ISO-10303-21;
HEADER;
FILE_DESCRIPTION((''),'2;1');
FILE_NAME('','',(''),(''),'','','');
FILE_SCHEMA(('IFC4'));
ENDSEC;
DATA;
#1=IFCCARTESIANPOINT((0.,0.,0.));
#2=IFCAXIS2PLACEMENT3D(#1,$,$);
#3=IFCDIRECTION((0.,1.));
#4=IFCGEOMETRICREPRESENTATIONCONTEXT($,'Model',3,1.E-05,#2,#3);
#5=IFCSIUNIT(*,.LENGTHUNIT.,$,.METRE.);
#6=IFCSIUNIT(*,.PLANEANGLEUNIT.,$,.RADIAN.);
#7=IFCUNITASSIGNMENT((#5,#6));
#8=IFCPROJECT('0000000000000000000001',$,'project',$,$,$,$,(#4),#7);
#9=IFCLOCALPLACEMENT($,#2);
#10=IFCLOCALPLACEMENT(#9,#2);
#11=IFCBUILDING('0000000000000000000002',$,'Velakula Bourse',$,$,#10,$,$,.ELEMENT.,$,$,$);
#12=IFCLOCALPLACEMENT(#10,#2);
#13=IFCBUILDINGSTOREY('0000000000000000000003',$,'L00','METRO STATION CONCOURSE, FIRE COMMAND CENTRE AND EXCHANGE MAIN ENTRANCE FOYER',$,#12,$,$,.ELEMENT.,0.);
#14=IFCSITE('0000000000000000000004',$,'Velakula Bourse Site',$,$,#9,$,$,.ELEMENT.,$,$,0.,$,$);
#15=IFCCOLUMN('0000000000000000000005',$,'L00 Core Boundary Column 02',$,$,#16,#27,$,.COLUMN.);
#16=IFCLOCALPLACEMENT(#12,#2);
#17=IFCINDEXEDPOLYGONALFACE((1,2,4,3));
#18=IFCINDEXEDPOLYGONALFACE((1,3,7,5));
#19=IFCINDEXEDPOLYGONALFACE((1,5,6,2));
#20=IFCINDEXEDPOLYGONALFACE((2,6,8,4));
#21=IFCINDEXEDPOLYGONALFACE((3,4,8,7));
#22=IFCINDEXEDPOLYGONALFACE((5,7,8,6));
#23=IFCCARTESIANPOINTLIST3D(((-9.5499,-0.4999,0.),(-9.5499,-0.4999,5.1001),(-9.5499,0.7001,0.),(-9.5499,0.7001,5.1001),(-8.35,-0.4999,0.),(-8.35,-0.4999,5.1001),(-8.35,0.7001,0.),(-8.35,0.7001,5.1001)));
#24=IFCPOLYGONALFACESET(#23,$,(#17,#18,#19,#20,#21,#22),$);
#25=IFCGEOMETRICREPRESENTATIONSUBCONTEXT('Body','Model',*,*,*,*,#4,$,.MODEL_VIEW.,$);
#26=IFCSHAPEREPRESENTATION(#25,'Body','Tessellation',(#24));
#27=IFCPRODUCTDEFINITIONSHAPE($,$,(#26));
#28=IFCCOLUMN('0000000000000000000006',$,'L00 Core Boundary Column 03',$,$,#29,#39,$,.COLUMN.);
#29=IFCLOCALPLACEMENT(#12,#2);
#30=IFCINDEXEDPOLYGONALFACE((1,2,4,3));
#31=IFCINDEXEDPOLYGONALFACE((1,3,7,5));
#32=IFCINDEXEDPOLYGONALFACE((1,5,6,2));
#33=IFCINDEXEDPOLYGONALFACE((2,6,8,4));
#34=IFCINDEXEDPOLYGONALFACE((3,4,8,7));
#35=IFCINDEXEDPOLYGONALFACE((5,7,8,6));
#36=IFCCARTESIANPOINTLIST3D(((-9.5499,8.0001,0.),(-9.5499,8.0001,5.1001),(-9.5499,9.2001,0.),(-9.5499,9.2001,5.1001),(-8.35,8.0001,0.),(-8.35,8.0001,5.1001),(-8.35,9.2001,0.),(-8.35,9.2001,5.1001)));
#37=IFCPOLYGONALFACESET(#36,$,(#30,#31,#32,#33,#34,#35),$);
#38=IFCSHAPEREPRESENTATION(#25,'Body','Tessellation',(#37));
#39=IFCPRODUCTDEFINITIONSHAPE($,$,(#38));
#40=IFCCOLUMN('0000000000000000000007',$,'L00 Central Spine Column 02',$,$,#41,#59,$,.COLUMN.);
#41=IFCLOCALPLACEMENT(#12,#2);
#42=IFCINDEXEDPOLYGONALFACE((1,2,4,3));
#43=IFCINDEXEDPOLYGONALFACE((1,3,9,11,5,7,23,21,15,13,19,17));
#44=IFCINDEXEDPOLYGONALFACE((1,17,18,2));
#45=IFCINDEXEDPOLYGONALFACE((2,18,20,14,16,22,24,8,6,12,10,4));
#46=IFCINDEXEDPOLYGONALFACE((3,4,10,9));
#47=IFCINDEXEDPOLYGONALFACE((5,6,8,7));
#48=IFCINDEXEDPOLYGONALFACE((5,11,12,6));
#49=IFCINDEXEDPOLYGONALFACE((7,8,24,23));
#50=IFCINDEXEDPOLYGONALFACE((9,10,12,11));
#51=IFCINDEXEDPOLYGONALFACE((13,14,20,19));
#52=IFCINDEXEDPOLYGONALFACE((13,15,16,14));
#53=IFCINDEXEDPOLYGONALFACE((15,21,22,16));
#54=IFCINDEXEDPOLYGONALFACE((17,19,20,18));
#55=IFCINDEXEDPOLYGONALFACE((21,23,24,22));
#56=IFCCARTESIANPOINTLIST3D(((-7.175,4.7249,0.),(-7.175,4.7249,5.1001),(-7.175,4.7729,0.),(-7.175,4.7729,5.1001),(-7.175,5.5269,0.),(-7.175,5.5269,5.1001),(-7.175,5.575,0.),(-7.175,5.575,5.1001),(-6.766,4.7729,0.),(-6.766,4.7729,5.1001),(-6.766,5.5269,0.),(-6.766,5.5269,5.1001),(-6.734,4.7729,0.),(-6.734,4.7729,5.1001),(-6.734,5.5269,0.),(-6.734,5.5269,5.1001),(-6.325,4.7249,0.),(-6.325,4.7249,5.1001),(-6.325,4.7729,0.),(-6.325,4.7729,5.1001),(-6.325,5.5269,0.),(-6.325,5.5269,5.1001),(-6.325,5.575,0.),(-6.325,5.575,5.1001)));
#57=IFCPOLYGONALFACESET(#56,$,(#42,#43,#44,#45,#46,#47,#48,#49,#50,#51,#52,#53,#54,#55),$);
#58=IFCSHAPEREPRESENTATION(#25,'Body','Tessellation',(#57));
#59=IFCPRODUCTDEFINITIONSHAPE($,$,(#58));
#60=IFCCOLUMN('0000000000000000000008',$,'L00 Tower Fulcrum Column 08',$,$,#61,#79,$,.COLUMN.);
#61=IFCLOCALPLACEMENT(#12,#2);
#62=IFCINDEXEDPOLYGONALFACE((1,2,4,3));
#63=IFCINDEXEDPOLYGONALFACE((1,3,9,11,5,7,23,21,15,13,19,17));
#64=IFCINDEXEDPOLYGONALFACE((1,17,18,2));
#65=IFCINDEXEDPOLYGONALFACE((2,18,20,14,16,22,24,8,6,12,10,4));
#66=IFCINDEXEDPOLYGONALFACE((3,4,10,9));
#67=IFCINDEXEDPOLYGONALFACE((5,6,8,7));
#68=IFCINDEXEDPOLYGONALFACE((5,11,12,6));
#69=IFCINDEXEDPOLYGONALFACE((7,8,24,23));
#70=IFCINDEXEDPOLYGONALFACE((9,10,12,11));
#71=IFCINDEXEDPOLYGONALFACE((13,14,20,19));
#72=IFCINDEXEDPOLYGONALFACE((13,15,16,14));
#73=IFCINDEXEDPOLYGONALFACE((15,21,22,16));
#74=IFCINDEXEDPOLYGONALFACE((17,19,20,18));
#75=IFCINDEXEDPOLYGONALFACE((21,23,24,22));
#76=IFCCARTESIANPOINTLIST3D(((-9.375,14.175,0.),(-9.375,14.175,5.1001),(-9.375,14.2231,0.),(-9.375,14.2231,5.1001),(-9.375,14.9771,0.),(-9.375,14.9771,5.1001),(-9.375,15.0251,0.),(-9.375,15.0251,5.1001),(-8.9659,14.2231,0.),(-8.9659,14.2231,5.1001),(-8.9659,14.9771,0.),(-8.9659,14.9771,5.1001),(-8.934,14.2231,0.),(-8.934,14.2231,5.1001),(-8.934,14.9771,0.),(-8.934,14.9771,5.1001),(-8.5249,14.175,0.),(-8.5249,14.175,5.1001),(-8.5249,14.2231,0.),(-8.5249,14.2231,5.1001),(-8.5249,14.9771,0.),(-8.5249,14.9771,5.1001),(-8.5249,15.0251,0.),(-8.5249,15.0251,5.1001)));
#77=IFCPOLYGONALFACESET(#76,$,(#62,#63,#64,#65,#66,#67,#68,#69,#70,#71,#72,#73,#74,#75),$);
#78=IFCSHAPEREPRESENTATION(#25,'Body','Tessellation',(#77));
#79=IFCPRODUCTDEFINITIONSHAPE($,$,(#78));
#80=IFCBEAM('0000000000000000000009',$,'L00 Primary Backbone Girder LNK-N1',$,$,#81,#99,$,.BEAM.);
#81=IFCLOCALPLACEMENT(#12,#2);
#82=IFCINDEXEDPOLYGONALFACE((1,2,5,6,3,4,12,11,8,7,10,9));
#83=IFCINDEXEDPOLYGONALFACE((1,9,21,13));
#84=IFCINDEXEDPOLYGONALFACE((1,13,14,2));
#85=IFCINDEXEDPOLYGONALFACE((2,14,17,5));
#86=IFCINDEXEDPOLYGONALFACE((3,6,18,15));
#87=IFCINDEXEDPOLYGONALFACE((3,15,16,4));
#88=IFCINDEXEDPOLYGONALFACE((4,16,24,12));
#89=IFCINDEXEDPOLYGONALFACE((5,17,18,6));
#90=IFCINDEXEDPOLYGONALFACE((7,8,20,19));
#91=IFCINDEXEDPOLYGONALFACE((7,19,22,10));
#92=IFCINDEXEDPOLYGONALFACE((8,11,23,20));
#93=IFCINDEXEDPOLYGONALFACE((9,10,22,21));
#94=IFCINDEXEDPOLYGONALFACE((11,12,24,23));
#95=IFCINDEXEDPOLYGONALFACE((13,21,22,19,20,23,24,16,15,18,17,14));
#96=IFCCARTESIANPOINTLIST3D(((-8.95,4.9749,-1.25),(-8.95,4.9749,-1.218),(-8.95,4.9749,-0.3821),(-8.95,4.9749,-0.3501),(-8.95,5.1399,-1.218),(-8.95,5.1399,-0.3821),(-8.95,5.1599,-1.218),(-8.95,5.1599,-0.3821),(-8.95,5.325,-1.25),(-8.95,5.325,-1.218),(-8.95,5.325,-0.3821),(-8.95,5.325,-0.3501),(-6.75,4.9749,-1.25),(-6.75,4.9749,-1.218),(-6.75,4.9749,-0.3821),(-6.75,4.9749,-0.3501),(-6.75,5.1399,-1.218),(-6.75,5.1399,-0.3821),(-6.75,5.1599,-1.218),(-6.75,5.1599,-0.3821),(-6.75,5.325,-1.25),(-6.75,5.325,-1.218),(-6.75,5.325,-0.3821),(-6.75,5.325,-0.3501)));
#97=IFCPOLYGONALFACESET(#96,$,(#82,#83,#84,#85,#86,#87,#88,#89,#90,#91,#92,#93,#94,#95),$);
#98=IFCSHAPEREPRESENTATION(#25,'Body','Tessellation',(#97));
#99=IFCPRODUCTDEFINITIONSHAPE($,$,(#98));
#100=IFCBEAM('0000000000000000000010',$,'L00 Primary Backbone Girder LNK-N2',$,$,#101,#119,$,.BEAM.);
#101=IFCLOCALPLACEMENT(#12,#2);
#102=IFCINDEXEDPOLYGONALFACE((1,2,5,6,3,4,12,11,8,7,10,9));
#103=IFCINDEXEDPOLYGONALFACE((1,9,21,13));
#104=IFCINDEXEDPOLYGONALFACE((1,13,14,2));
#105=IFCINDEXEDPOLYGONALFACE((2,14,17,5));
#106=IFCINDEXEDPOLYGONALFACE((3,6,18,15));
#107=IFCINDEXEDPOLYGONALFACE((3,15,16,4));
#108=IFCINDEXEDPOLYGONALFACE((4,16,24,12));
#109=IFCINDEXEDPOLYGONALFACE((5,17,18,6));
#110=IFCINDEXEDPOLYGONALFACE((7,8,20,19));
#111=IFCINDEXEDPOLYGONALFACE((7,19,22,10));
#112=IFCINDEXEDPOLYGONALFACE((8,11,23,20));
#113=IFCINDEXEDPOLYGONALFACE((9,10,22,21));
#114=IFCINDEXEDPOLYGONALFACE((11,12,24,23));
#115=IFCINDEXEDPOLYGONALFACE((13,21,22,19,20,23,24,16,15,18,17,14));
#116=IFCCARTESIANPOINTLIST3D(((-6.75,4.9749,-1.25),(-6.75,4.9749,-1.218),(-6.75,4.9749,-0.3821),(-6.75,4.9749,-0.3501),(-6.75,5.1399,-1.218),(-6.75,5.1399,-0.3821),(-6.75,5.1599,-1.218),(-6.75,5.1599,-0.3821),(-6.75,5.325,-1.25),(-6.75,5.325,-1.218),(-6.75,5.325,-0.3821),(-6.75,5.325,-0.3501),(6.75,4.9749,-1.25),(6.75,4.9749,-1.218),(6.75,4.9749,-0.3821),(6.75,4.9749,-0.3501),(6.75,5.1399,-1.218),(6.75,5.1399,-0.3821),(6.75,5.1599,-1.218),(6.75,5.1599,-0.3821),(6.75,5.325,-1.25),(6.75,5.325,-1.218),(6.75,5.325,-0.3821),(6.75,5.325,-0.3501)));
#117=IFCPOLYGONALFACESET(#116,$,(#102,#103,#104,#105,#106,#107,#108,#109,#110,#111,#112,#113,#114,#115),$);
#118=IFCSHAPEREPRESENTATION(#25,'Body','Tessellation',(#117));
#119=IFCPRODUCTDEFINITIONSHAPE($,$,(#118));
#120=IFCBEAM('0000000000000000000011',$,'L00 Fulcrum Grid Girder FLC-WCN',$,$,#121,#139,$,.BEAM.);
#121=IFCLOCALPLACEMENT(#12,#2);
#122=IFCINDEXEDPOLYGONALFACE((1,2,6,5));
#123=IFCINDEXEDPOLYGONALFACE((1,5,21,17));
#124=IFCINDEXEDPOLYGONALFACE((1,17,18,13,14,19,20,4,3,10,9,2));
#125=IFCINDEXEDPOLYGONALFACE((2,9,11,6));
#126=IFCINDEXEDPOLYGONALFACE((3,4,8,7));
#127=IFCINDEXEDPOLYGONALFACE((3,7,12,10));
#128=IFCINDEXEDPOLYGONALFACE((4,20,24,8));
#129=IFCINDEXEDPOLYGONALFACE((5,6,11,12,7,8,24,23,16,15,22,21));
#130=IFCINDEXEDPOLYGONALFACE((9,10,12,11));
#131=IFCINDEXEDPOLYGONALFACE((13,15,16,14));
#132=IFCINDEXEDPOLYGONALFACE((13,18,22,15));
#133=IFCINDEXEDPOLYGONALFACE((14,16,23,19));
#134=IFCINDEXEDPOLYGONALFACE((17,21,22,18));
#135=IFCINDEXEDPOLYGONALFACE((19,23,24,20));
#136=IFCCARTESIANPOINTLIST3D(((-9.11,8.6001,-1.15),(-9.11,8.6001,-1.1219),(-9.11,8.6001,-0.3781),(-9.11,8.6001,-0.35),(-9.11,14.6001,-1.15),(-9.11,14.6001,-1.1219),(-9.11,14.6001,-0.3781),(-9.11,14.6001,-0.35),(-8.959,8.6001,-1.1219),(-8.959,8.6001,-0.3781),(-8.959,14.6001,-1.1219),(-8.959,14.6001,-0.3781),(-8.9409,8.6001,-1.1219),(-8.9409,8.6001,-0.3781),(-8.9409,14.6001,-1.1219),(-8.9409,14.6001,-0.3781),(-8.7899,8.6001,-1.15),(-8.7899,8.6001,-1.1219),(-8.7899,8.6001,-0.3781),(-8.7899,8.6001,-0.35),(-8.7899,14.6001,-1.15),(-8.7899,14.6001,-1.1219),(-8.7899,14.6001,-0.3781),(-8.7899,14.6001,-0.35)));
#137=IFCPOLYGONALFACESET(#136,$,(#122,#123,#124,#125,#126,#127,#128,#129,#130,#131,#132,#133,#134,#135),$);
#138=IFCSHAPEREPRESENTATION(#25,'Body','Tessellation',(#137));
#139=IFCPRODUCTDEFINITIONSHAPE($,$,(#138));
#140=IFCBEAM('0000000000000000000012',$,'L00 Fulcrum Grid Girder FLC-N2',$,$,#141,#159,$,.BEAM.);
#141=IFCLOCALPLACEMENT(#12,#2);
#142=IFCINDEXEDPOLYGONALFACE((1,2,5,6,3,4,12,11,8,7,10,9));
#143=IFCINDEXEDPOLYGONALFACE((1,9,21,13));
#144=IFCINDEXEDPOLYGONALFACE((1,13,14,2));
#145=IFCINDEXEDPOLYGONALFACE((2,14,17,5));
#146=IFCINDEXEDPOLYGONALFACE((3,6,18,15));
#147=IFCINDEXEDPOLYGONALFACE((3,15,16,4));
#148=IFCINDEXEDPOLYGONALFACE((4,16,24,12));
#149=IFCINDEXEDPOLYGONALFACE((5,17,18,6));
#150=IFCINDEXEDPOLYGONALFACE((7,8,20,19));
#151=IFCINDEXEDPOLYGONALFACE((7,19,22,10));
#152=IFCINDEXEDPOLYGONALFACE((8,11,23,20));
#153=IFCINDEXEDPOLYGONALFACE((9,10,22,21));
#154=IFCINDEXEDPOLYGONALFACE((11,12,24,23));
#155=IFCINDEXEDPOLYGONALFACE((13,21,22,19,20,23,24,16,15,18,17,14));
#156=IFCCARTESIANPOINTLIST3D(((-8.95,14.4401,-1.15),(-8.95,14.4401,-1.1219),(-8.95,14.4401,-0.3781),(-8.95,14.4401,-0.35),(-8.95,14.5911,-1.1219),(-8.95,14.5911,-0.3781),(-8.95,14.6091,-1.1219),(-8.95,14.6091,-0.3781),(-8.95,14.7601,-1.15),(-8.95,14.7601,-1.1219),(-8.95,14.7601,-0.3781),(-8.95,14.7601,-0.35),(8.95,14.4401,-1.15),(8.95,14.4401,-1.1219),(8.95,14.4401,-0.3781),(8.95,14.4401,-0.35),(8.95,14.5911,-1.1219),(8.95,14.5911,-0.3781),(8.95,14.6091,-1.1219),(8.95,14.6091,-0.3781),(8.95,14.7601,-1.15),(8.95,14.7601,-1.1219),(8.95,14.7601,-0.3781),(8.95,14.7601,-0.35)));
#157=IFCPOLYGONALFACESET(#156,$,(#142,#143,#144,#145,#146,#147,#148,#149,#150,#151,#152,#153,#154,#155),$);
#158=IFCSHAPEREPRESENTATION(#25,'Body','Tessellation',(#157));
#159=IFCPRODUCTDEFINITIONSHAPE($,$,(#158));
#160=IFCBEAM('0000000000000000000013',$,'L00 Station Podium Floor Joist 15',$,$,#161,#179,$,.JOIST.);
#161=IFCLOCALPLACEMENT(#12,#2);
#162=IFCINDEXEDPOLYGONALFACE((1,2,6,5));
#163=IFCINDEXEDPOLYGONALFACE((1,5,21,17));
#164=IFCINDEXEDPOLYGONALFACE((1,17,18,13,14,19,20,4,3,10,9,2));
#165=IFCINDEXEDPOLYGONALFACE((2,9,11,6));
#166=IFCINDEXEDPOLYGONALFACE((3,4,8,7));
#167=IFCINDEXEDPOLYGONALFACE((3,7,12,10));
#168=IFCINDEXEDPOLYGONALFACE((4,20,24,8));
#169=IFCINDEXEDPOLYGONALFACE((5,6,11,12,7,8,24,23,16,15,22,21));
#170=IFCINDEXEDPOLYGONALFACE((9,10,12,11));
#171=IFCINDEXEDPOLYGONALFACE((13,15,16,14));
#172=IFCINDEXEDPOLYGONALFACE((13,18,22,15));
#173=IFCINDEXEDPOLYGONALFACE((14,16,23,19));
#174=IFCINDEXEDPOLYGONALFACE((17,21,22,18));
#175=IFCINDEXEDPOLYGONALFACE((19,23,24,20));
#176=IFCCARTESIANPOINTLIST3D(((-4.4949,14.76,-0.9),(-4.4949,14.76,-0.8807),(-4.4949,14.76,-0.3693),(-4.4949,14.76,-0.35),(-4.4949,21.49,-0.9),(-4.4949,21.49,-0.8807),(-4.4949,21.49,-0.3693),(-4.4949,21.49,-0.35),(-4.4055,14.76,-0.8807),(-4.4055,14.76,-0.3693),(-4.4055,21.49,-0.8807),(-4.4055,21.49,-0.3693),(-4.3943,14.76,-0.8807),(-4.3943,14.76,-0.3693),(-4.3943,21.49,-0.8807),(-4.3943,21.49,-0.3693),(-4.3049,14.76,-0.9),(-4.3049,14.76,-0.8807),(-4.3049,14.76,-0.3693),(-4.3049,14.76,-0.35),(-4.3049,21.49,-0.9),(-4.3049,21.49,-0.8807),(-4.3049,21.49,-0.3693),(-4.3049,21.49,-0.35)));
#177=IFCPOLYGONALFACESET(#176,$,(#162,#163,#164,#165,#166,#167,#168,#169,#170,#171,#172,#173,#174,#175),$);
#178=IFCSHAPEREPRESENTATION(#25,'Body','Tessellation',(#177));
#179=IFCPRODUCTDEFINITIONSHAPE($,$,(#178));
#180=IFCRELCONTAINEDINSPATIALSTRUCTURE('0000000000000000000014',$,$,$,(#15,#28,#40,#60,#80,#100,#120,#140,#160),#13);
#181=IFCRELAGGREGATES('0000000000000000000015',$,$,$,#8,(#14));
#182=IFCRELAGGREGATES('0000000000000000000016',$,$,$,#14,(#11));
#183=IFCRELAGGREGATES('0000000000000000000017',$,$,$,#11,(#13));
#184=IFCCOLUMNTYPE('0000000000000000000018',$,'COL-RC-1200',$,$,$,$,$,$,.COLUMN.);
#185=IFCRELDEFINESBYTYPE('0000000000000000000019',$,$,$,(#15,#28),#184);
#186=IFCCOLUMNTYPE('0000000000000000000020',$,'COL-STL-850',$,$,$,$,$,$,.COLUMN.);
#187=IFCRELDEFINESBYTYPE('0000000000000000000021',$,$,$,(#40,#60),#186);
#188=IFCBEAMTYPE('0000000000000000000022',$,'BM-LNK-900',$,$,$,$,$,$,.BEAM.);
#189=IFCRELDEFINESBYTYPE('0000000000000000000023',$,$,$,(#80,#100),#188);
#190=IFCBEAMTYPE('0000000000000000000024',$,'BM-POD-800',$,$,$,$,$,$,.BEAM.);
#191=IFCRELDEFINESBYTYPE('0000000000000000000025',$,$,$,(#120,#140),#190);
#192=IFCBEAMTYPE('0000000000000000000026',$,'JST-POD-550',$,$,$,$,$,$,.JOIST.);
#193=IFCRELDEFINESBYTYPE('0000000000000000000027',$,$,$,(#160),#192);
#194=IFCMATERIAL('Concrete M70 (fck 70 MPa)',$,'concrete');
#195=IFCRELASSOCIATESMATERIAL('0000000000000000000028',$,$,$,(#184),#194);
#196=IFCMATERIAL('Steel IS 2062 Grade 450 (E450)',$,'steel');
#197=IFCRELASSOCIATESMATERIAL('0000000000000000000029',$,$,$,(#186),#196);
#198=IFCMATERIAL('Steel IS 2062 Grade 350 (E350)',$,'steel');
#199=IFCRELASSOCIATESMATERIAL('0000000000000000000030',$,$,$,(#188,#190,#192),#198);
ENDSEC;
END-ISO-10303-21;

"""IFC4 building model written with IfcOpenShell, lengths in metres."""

from ifc_helpers import new_model, si_unit, direction, frame, origin, origin_2d, place, context, subcontext, project, spatial, rectangle, i_section, extrude, material, material_profile, profile_set, type_object, element, save


model = new_model("IFC4")

# Units and contexts
model_context = context("Model", 3, precision=1e-05, world=origin(), true_north=direction((0.0, 1.0)))
body_context = subcontext(model_context, "Body", "Model", "MODEL_VIEW")
ifc_project = project(units=[si_unit("LENGTHUNIT", "METRE"), si_unit("PLANEANGLEUNIT", "RADIAN")], contexts=[model_context])

# Site, building, storey
site_placement = place(None, origin())
site = spatial("IfcSite", under=ifc_project, at=site_placement, Name="Velakula Bourse Site", CompositionType="ELEMENT", RefElevation=0.0)
building_placement = place(site_placement, origin())
building = spatial("IfcBuilding", under=site, at=building_placement, Name="Velakula Bourse", CompositionType="ELEMENT")
storey_placement = place(building_placement, origin())
storey = spatial("IfcBuildingStorey", under=building, at=storey_placement, Name="L00", Description="METRO STATION CONCOURSE, FIRE COMMAND CENTRE AND EXCHANGE MAIN ENTRANCE FOYER", CompositionType="ELEMENT", Elevation=0.0)

# Columns
ifc_material_1 = material(Name="Concrete M70 (fck 70 MPa)", Category="concrete")
ifc_material_profile_1 = material_profile(ifc_material_1, rectangle(XDim=1.2, YDim=1.2, at=origin_2d()), Name="Concrete M70 (fck 70 MPa)")
ifc_profile_set_1 = profile_set([ifc_material_profile_1], Name="Concrete M70 (fck 70 MPa)")
column_type_1 = type_object("IfcColumnType", Name="COL-RC-1200", PredefinedType="COLUMN", material=ifc_profile_set_1)
for number, where, z_axis, x_axis, name in (
    (1, (-8.95, 0.1001, 0.0), (0.0, 0.0, 1.0), (1.0, 0.0, 0.0), "L00 Core Boundary Column 02"),
    (2, (-8.95, 8.6001, 0.0), (0.0, 0.0, 1.0), (1.0, 0.0, 0.0), "L00 Core Boundary Column 03"),
):
    element("IfcColumn", number, at=place(storey_placement, frame(where, z_axis=z_axis, x_axis=x_axis)), inside=storey, type_object=column_type_1, Name=name, PredefinedType="COLUMN", context=body_context, shape_type="SweptSolid", body=[
        extrude(rectangle(XDim=1.2, YDim=1.2, at=origin_2d()), origin(), (0.0, 0.0, 1.0), 5.1001),
    ])
ifc_material_2 = material(Name="Steel IS 2062 Grade 450 (E450)", Category="steel")
ifc_material_profile_2 = material_profile(ifc_material_2, i_section(OverallWidth=0.8501, OverallDepth=0.8501, WebThickness=0.032, FlangeThickness=0.0481, at=origin_2d()), Name="Steel IS 2062 Grade 450 (E450)")
ifc_profile_set_2 = profile_set([ifc_material_profile_2], Name="Steel IS 2062 Grade 450 (E450)")
column_type_2 = type_object("IfcColumnType", Name="COL-STL-850", PredefinedType="COLUMN", material=ifc_profile_set_2)
for number, where, z_axis, x_axis, name in (
    (3, (-6.75, 5.1499, 0.0), (0.0, 0.0, 1.0), (1.0, 0.0, 0.0), "L00 Central Spine Column 02"),
    (4, (-8.95, 14.6001, 0.0), (0.0, 0.0, 1.0), (1.0, 0.0, 0.0), "L00 Tower Fulcrum Column 08"),
):
    element("IfcColumn", number, at=place(storey_placement, frame(where, z_axis=z_axis, x_axis=x_axis)), inside=storey, type_object=column_type_2, Name=name, PredefinedType="COLUMN", context=body_context, shape_type="SweptSolid", body=[
        extrude(i_section(OverallWidth=0.8501, OverallDepth=0.8501, WebThickness=0.032, FlangeThickness=0.0481, at=origin_2d()), origin(), (0.0, 0.0, 1.0), 5.1001),
    ])

# Beams
ifc_material_3 = material(Name="Steel IS 2062 Grade 350 (E350)", Category="steel")
ifc_material_profile_3 = material_profile(ifc_material_3, i_section(OverallWidth=0.3501, OverallDepth=0.8999, WebThickness=0.02, FlangeThickness=0.032, at=origin_2d()), Name="Steel IS 2062 Grade 350 (E350)")
ifc_profile_set_3 = profile_set([ifc_material_profile_3], Name="Steel IS 2062 Grade 350 (E350)")
beam_type_1 = type_object("IfcBeamType", Name="BM-LNK-900", PredefinedType="BEAM", material=ifc_profile_set_3)
beam_1_placement = place(storey_placement, frame((-8.95, 5.1499, -0.8), z_axis=(1.0, 0.0, 0.0), x_axis=(0.0, 1.0, 0.0)))
element("IfcBeam", 5, at=beam_1_placement, inside=storey, type_object=beam_type_1, Name="L00 Primary Backbone Girder LNK-N1", PredefinedType="BEAM", context=body_context, shape_type="SweptSolid", body=[
    extrude(i_section(OverallWidth=0.3501, OverallDepth=0.8999, WebThickness=0.02, FlangeThickness=0.032, at=origin_2d()), origin(), (0.0, 0.0, 1.0), 2.2),
])
beam_2_placement = place(storey_placement, frame((-6.75, 5.1499, -0.8), z_axis=(1.0, 0.0, 0.0), x_axis=(0.0, 1.0, 0.0)))
element("IfcBeam", 6, at=beam_2_placement, inside=storey, type_object=beam_type_1, Name="L00 Primary Backbone Girder LNK-N2", PredefinedType="BEAM", context=body_context, shape_type="SweptSolid", body=[
    extrude(i_section(OverallWidth=0.3501, OverallDepth=0.8999, WebThickness=0.02, FlangeThickness=0.032, at=origin_2d()), origin(), (0.0, 0.0, 1.0), 13.5),
])
ifc_material_profile_4 = material_profile(ifc_material_3, i_section(OverallWidth=0.3201, OverallDepth=0.8, WebThickness=0.0181, FlangeThickness=0.0281, at=origin_2d()), Name="Steel IS 2062 Grade 350 (E350)")
ifc_profile_set_4 = profile_set([ifc_material_profile_4], Name="Steel IS 2062 Grade 350 (E350)")
beam_type_2 = type_object("IfcBeamType", Name="BM-POD-800", PredefinedType="BEAM", material=ifc_profile_set_4)
beam_3_placement = place(storey_placement, frame((-8.95, 8.6001, -0.75), z_axis=(0.0, 1.0, 0.0), x_axis=(-1.0, 0.0, 0.0)))
element("IfcBeam", 7, at=beam_3_placement, inside=storey, type_object=beam_type_2, Name="L00 Fulcrum Grid Girder FLC-WCN", PredefinedType="BEAM", context=body_context, shape_type="SweptSolid", body=[
    extrude(i_section(OverallWidth=0.3201, OverallDepth=0.8, WebThickness=0.0181, FlangeThickness=0.0281, at=origin_2d()), origin(), (0.0, 0.0, 1.0), 6.0),
])
beam_4_placement = place(storey_placement, frame((-8.95, 14.6001, -0.75), z_axis=(1.0, 0.0, 0.0), x_axis=(0.0, 1.0, 0.0)))
element("IfcBeam", 8, at=beam_4_placement, inside=storey, type_object=beam_type_2, Name="L00 Fulcrum Grid Girder FLC-N2", PredefinedType="BEAM", context=body_context, shape_type="SweptSolid", body=[
    extrude(i_section(OverallWidth=0.3201, OverallDepth=0.8, WebThickness=0.0181, FlangeThickness=0.0281, at=origin_2d()), origin(), (0.0, 0.0, 1.0), 17.8999),
])
ifc_material_profile_5 = material_profile(ifc_material_3, i_section(OverallWidth=0.1899, OverallDepth=0.55, WebThickness=0.0112, FlangeThickness=0.0193, at=origin_2d()), Name="Steel IS 2062 Grade 350 (E350)")
ifc_profile_set_5 = profile_set([ifc_material_profile_5], Name="Steel IS 2062 Grade 350 (E350)")
beam_type_3 = type_object("IfcBeamType", Name="JST-POD-550", PredefinedType="JOIST", material=ifc_profile_set_5)
beam_5_placement = place(storey_placement, frame((-4.3999, 14.76, -0.625), z_axis=(0.0, 1.0, 0.0), x_axis=(-1.0, 0.0, 0.0)))
element("IfcBeam", 9, at=beam_5_placement, inside=storey, type_object=beam_type_3, Name="L00 Station Podium Floor Joist 15", PredefinedType="JOIST", context=body_context, shape_type="SweptSolid", body=[
    extrude(i_section(OverallWidth=0.1899, OverallDepth=0.55, WebThickness=0.0112, FlangeThickness=0.0193, at=origin_2d()), origin(), (0.0, 0.0, 1.0), 6.73),
])

save(model, "model.ifc")
